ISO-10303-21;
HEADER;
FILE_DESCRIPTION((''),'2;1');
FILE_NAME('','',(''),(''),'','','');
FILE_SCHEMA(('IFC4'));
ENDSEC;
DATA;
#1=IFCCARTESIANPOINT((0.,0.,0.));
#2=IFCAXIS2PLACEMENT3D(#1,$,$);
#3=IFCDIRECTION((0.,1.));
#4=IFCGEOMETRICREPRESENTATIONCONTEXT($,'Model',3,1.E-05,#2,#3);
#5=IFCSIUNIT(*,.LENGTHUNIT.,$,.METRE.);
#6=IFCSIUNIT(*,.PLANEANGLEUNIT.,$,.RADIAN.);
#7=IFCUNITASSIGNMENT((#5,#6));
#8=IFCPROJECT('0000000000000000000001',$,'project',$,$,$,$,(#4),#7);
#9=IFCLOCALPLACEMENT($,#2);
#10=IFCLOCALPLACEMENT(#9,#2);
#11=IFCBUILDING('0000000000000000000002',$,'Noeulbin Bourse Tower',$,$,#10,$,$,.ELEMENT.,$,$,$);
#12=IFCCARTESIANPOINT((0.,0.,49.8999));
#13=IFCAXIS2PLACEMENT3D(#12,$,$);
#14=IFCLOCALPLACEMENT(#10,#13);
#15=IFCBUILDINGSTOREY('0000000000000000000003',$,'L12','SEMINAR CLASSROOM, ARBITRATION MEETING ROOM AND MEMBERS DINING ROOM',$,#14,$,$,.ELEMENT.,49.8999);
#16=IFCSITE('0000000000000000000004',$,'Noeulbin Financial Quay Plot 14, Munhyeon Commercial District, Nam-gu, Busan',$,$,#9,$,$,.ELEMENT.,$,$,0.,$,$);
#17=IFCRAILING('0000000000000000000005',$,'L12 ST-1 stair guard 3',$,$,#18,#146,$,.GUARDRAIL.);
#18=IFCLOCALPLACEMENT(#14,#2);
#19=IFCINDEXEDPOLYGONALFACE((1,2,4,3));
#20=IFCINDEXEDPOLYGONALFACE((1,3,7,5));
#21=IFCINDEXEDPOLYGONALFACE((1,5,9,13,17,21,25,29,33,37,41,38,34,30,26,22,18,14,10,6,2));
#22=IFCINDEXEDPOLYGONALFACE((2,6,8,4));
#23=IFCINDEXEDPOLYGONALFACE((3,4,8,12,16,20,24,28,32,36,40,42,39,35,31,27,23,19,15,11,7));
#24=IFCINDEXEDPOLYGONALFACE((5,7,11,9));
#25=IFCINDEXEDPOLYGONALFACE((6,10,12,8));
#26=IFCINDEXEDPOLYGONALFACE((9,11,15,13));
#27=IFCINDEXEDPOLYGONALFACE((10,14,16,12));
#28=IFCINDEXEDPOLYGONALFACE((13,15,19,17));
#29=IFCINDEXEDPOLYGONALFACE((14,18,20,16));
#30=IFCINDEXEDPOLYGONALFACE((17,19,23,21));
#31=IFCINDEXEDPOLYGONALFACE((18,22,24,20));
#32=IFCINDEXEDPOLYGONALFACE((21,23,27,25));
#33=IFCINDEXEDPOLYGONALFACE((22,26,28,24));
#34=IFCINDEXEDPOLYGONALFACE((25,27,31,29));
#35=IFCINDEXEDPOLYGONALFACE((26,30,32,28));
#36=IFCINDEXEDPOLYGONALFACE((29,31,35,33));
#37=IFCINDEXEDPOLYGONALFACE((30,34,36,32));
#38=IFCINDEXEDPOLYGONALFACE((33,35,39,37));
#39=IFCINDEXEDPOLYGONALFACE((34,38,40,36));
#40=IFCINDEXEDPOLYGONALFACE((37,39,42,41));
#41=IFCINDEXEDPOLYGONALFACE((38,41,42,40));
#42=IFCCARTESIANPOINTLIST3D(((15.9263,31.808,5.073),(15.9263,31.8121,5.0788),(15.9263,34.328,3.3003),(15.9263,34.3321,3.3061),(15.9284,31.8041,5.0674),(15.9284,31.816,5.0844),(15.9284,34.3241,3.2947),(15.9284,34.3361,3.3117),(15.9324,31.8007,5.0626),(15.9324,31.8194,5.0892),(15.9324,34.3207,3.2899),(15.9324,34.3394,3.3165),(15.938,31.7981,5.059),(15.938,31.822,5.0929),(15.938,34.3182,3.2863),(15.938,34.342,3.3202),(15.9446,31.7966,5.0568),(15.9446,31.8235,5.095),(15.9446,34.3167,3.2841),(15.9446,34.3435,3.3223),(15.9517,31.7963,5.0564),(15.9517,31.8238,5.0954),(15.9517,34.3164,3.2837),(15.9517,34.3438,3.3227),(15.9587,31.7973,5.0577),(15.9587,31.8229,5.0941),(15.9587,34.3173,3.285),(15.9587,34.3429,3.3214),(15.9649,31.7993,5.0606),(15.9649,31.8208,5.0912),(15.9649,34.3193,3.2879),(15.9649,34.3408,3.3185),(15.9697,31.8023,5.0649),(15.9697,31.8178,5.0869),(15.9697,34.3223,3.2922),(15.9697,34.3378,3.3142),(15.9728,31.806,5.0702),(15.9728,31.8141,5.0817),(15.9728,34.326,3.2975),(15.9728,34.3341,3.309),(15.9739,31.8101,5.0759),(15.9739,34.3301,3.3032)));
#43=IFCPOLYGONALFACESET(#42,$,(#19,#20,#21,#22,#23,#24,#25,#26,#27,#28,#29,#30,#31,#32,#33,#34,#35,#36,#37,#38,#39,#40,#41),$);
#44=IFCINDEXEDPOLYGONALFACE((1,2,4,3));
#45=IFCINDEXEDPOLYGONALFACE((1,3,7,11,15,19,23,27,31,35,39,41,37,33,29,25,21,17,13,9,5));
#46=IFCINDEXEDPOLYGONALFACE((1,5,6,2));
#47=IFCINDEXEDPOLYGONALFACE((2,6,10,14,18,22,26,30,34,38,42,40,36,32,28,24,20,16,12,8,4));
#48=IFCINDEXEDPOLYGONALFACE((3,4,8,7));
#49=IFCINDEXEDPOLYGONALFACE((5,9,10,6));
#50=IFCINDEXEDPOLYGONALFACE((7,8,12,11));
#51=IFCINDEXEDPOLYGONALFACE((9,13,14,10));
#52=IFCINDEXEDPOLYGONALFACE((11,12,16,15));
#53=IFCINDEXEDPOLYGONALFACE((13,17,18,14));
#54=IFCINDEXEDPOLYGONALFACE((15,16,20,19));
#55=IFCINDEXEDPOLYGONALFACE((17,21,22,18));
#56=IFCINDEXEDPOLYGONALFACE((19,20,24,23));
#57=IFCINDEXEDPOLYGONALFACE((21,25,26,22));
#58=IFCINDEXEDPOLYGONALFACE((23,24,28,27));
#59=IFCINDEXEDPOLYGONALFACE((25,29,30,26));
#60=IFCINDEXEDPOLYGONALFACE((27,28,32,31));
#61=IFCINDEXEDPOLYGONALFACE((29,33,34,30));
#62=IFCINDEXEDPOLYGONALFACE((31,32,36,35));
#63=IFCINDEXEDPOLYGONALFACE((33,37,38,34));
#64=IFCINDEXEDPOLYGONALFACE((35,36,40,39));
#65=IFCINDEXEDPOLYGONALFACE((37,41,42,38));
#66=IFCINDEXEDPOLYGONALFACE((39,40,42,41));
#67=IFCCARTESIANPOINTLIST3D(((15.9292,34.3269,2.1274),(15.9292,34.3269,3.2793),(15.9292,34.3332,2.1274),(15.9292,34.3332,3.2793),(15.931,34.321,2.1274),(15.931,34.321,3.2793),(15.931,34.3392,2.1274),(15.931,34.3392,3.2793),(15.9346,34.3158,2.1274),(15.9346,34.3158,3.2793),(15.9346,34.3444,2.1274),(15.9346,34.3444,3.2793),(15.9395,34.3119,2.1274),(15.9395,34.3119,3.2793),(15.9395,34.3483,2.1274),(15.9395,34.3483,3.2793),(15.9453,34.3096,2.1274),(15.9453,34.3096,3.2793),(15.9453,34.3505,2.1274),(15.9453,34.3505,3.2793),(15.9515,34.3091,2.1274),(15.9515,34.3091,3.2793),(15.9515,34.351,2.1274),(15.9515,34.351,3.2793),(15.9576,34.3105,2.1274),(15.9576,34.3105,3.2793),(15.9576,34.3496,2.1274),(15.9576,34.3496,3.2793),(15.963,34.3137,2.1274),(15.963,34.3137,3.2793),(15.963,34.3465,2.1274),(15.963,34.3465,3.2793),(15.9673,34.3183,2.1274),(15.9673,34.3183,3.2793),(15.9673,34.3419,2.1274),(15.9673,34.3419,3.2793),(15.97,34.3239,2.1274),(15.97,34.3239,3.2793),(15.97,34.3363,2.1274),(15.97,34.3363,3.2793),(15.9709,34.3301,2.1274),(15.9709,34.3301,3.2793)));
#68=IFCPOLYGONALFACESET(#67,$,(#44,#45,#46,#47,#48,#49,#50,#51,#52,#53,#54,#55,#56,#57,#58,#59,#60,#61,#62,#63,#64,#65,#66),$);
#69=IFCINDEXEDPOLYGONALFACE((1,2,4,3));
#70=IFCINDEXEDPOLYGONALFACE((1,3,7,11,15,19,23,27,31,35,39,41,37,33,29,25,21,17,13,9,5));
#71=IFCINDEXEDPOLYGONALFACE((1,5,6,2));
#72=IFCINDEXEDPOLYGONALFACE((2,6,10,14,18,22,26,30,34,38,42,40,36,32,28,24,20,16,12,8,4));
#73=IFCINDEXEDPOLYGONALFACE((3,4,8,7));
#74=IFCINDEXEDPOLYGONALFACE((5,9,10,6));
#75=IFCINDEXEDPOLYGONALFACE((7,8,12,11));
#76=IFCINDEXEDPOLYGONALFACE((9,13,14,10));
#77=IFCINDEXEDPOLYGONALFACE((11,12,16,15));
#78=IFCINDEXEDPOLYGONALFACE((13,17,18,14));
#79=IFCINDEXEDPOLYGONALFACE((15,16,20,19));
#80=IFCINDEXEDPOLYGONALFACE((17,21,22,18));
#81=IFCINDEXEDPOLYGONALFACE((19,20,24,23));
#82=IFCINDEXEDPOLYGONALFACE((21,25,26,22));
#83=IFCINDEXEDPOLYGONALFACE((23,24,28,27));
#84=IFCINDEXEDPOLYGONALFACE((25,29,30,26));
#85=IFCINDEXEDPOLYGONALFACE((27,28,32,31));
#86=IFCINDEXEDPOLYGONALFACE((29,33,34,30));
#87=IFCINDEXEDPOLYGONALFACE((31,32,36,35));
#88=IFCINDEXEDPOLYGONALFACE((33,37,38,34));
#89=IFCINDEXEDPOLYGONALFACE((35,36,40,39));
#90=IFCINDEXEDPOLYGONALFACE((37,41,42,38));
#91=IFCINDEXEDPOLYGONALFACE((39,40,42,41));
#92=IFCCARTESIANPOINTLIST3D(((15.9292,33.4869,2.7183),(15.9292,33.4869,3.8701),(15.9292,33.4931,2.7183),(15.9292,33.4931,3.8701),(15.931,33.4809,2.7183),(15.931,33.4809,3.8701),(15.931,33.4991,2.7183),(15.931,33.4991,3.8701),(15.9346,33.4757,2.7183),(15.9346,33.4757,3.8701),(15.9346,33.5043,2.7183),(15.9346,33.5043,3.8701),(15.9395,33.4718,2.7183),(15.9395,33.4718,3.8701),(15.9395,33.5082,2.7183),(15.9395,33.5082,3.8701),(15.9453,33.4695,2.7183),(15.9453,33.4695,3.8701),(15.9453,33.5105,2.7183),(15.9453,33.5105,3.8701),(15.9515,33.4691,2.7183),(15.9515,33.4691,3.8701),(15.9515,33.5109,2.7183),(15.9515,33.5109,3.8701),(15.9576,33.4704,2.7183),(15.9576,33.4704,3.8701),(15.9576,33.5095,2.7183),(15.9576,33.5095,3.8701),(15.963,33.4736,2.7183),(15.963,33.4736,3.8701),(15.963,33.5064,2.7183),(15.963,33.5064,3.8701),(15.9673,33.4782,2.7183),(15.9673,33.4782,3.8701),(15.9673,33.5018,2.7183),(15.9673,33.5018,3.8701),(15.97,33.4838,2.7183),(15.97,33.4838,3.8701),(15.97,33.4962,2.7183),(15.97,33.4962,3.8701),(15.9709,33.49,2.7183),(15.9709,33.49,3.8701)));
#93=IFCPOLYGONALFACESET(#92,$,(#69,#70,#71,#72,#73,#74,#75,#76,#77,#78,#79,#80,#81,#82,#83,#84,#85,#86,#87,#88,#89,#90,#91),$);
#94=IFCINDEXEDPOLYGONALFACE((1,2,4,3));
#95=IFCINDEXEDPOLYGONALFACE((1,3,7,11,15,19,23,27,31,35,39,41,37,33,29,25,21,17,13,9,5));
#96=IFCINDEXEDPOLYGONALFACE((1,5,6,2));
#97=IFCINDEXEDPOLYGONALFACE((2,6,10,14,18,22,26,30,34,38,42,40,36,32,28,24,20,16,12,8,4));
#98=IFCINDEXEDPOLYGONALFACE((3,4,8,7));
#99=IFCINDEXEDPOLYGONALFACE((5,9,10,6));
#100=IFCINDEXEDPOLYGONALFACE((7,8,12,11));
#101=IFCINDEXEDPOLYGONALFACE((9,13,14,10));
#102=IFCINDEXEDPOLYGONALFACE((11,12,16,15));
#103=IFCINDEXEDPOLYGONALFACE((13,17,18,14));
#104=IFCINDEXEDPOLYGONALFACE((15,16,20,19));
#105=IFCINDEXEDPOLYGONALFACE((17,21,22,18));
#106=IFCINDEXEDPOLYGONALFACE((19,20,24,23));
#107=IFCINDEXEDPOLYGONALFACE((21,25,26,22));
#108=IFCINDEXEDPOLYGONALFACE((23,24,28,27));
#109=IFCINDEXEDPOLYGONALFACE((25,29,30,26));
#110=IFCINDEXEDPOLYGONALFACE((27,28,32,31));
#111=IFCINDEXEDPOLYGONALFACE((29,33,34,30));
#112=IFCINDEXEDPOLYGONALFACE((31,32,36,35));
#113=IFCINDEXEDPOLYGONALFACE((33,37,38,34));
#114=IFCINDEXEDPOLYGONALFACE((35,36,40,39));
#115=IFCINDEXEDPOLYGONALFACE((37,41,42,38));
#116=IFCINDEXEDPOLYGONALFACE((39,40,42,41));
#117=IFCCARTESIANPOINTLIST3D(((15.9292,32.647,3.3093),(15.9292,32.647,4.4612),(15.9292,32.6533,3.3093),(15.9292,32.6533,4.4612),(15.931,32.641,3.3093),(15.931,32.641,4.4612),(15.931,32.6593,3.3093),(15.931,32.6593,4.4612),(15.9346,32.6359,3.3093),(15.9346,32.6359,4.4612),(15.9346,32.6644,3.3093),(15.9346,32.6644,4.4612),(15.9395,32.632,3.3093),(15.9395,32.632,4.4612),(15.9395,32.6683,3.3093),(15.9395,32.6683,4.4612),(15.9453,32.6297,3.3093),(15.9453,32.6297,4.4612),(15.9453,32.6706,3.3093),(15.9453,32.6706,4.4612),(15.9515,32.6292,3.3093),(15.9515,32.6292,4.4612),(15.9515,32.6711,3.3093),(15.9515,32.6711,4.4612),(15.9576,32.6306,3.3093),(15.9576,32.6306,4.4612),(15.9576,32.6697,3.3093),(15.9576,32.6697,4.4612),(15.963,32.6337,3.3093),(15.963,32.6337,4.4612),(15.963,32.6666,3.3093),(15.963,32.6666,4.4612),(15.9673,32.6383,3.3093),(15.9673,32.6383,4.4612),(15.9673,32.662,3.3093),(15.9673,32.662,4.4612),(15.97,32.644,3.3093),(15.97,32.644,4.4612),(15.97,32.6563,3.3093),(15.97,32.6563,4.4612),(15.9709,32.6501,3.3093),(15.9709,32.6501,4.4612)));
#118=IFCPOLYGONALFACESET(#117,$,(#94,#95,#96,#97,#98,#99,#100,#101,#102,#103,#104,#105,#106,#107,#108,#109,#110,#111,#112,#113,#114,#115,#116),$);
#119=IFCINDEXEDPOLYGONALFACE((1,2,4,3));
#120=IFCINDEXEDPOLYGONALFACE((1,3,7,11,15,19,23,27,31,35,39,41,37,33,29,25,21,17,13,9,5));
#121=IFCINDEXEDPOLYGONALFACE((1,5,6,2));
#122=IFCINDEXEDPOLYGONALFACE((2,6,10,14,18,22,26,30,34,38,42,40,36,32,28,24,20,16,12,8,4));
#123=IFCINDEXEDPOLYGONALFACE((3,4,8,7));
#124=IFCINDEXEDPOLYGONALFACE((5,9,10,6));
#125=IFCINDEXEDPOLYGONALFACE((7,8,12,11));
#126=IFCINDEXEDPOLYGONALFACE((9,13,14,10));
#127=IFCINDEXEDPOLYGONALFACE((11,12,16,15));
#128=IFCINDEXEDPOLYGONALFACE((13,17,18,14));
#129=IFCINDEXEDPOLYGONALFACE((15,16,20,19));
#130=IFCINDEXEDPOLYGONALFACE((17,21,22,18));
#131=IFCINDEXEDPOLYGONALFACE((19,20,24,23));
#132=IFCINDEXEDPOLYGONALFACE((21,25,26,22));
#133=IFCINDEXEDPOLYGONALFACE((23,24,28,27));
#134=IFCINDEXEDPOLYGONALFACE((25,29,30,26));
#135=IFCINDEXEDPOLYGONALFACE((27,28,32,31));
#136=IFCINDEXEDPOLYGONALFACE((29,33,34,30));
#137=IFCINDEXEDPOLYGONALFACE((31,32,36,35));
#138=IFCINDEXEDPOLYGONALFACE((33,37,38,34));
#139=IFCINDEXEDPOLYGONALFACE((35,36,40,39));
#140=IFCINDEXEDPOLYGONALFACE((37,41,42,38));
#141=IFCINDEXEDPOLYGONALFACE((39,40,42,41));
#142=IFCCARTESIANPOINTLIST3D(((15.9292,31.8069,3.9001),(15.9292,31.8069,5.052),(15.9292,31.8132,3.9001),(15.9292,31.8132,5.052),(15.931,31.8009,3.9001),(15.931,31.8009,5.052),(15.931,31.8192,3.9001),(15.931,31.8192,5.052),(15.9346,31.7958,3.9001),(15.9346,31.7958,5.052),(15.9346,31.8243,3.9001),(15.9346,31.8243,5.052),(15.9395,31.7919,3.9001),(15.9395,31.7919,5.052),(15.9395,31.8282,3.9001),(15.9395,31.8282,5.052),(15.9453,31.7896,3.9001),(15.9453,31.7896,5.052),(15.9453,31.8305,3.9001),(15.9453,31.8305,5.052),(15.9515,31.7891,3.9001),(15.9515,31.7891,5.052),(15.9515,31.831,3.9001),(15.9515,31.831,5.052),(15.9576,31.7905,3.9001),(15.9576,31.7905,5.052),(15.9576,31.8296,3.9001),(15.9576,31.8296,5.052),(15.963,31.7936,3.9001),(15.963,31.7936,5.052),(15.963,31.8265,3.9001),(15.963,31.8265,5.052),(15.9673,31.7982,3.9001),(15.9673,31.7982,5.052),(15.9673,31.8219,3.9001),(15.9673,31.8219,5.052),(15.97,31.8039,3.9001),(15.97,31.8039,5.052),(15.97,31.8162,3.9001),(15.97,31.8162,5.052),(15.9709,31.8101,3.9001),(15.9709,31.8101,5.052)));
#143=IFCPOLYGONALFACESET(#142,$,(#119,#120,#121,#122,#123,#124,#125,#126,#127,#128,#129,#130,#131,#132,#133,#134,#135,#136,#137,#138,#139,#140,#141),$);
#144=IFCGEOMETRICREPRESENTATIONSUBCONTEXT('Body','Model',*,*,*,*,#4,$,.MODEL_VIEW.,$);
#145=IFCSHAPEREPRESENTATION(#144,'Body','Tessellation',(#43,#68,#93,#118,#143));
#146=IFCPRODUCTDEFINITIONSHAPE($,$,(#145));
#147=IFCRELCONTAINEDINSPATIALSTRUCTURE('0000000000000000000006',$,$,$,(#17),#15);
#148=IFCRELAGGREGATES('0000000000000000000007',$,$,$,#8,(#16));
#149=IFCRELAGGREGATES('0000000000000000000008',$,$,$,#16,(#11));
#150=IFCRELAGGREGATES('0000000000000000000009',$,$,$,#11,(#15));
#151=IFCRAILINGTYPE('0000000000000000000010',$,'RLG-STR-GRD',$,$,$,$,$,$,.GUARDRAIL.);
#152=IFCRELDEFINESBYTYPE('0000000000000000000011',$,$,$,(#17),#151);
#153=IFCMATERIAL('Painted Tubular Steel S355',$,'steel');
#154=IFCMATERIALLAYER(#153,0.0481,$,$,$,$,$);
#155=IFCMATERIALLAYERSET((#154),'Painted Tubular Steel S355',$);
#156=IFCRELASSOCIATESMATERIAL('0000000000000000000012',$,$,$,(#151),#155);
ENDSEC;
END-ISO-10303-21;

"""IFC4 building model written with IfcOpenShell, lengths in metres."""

from ifc_helpers import new_model, si_unit, direction, frame, origin, origin_2d, place, context, subcontext, project, spatial, circle, extrude, material, layer, layer_set, type_object, element, save


model = new_model("IFC4")

# Units and contexts
model_context = context("Model", 3, precision=1e-05, world=origin(), true_north=direction((0.0, 1.0)))
body_context = subcontext(model_context, "Body", "Model", "MODEL_VIEW")
ifc_project = project(units=[si_unit("LENGTHUNIT", "METRE"), si_unit("PLANEANGLEUNIT", "RADIAN")], contexts=[model_context])

# Site, building, storey
site_placement = place(None, origin())
site = spatial("IfcSite", under=ifc_project, at=site_placement, Name="Noeulbin Financial Quay Plot 14, Munhyeon Commercial District, Nam-gu, Busan", CompositionType="ELEMENT", RefElevation=0.0)
building_placement = place(site_placement, origin())
building = spatial("IfcBuilding", under=site, at=building_placement, Name="Noeulbin Bourse Tower", CompositionType="ELEMENT")
storey_placement = place(building_placement, frame((0.0, 0.0, 49.8999)))
storey = spatial("IfcBuildingStorey", under=building, at=storey_placement, Name="L12", Description="SEMINAR CLASSROOM, ARBITRATION MEETING ROOM AND MEMBERS DINING ROOM", CompositionType="ELEMENT", Elevation=49.8999)

# Railing
ifc_material_1 = material(Name="Painted Tubular Steel S355", Category="steel")
ifc_layer_1 = layer(ifc_material_1, 0.0481)
ifc_layer_set_1 = layer_set([ifc_layer_1], Name="Painted Tubular Steel S355")
railing_type_1 = type_object("IfcRailingType", Name="RLG-STR-GRD", PredefinedType="GUARDRAIL", material=ifc_layer_set_1)
railing_1_placement = place(storey_placement, frame((15.95, 34.3301, 2.1274)))
element("IfcRailing", 1, at=railing_1_placement, inside=storey, type_object=railing_type_1, Name="L12 ST-1 stair guard 3", PredefinedType="GUARDRAIL", context=body_context, shape_type="SweptSolid", body=[
    extrude(circle(Radius=0.0239, at=origin_2d()), frame((0.0, 0.0, 1.1758), z_axis=(0.0, -0.817904, 0.575354), x_axis=(1.0, 0.0, 0.0)), (0.0, 0.0, 1.0), 3.0811),
    extrude(circle(Radius=0.021, at=origin_2d()), origin(), (0.0, 0.0, 1.0), 1.1519),
    extrude(circle(Radius=0.021, at=origin_2d()), frame((0.0, -0.8401, 0.5908)), (0.0, 0.0, 1.0), 1.1519),
    extrude(circle(Radius=0.021, at=origin_2d()), frame((0.0, -1.6799, 1.1819)), (0.0, 0.0, 1.0), 1.1519),
    extrude(circle(Radius=0.021, at=origin_2d()), frame((0.0, -2.52, 1.7727)), (0.0, 0.0, 1.0), 1.1519),
])

save(model, "model.ifc")
